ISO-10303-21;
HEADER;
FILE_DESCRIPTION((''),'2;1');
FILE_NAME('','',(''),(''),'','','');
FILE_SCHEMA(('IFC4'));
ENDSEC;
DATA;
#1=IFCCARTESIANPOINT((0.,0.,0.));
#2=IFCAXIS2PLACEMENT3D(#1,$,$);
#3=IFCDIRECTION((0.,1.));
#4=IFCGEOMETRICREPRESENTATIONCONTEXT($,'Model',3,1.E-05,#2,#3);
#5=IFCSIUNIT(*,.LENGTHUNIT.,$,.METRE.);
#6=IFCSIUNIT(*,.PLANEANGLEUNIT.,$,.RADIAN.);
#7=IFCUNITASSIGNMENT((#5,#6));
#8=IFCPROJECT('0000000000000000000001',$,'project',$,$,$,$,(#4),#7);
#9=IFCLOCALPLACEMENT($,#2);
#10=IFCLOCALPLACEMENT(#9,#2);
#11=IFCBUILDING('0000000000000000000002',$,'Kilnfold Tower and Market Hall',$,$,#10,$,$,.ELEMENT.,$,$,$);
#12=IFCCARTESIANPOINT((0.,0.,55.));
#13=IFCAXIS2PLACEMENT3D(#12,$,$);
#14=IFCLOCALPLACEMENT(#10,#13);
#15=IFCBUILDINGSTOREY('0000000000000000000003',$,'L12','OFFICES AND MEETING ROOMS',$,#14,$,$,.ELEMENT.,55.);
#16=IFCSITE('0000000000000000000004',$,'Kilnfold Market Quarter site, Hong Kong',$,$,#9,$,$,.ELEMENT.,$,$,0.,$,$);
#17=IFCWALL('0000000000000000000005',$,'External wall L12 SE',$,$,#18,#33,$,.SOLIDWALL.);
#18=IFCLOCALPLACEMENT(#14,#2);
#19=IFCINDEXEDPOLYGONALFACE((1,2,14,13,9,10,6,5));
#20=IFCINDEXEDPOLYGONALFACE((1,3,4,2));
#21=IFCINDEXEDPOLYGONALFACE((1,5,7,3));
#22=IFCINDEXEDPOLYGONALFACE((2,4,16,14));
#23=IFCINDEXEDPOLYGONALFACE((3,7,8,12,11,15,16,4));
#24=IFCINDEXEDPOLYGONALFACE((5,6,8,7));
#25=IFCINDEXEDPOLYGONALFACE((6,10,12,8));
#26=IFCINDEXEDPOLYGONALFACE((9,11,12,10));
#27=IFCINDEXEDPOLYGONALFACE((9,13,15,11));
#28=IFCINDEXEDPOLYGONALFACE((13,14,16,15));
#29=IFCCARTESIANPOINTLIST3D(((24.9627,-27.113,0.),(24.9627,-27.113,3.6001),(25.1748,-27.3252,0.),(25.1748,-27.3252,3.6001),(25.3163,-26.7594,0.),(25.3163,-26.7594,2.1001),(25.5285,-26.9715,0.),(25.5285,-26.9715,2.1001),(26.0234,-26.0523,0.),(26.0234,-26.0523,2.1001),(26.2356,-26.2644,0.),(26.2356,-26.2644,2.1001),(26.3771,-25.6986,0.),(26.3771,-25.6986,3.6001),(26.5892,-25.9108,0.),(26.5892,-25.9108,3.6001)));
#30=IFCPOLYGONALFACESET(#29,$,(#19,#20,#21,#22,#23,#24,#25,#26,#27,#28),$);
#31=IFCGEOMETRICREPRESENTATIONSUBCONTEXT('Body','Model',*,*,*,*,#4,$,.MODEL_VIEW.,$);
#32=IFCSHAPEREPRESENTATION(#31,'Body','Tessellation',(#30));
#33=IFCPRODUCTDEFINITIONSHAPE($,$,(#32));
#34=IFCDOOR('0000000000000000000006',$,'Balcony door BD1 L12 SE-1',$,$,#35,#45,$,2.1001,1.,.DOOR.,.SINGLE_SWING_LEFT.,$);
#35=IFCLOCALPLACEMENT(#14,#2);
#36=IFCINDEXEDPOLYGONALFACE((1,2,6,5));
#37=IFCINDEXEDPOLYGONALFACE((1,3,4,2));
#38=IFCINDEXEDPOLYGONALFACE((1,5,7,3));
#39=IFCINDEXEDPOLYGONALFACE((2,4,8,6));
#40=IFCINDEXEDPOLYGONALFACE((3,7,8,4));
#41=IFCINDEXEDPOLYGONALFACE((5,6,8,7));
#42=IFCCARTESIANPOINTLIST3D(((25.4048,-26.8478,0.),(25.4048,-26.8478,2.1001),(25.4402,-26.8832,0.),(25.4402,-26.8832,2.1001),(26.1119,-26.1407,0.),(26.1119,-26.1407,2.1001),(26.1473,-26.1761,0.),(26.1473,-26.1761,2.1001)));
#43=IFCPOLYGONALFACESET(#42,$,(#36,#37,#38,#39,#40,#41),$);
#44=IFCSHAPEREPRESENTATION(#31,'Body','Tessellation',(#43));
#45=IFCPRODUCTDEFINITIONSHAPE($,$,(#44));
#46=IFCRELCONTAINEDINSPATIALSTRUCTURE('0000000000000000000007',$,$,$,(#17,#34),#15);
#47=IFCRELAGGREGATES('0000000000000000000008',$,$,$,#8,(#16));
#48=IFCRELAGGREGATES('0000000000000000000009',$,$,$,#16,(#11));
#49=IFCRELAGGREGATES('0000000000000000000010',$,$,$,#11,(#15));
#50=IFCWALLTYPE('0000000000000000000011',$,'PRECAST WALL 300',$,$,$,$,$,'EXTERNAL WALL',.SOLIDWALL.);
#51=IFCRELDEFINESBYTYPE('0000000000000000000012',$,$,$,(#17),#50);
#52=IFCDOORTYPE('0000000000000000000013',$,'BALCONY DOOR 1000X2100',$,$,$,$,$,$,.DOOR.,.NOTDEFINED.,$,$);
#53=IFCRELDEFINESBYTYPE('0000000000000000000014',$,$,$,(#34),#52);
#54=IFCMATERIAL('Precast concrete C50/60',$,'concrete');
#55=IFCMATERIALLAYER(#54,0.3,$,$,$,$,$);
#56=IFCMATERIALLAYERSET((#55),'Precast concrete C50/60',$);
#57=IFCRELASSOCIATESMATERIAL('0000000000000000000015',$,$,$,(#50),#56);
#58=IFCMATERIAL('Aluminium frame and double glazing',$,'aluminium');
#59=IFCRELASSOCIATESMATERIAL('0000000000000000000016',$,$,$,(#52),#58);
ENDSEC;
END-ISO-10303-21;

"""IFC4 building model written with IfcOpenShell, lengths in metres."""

from ifc_helpers import new_model, si_unit, direction, frame, frame_2d, origin, place, context, subcontext, project, spatial, rectangle, extrude, source, transform, mapped, material, layer, layer_set, type_object, element, fill, save


model = new_model("IFC4")

# Units and contexts
model_context = context("Model", 3, precision=1e-05, world=origin(), true_north=direction((0.0, 1.0)))
body_context = subcontext(model_context, "Body", "Model", "MODEL_VIEW")
ifc_project = project(units=[si_unit("LENGTHUNIT", "METRE"), si_unit("PLANEANGLEUNIT", "RADIAN")], contexts=[model_context])

# Site, building, storey
site_placement = place(None, origin())
site = spatial("IfcSite", under=ifc_project, at=site_placement, Name="Kilnfold Market Quarter site, Hong Kong", CompositionType="ELEMENT", RefElevation=0.0)
building_placement = place(site_placement, origin())
building = spatial("IfcBuilding", under=site, at=building_placement, Name="Kilnfold Tower and Market Hall", CompositionType="ELEMENT")
storey_placement = place(building_placement, frame((0.0, 0.0, 55.0)))
storey = spatial("IfcBuildingStorey", under=building, at=storey_placement, Name="L12", Description="OFFICES AND MEETING ROOMS", CompositionType="ELEMENT", Elevation=55.0)

# Wall, opening, door
ifc_material_1 = material(Name="Precast concrete C50/60", Category="concrete")
ifc_layer_1 = layer(ifc_material_1, 0.3)
ifc_layer_set_1 = layer_set([ifc_layer_1], Name="Precast concrete C50/60")
wall_type_1 = type_object("IfcWallType", Name="PRECAST WALL 300", ElementType="EXTERNAL WALL", PredefinedType="SOLIDWALL", material=ifc_layer_set_1)
ifc_material_2 = material(Name="Aluminium frame and double glazing", Category="aluminium")
door_type = type_object("IfcDoorType", Name="BALCONY DOOR 1000X2100", OperationType="NOTDEFINED", PredefinedType="DOOR", material=ifc_material_2)
shared_shape_1 = source(origin(), body_context, "Body", "SweptSolid", [
    extrude(rectangle(XDim=2.0002, YDim=0.3, at=frame_2d((1.0, 0.0))), origin(), (0.0, 0.0, 1.0), 3.6001),
])
wall_1_placement = place(storey_placement, frame((25.0688, -27.219, 0.0), z_axis=(0.0, 0.0, 1.0), x_axis=(0.707107, 0.707107, 0.0)))
wall_1 = element("IfcWall", 1, at=wall_1_placement, inside=storey, type_object=wall_type_1, Name="External wall L12 SE", PredefinedType="SOLIDWALL", context=body_context, shape_type="MappedRepresentation", body=[
    mapped(shared_shape_1, transform((0.0, 0.0, 0.0))),
])
opening_1_placement = place(wall_1_placement, frame((0.5, 0.0, 0.0)))
opening_1 = element("IfcOpeningElement", 2, at=opening_1_placement, cuts=wall_1, PredefinedType="OPENING", context=body_context, shape_type="SweptSolid", body=[
    extrude(rectangle(XDim=1.0, YDim=2.1001, at=frame_2d((0.5, 1.05))), frame((0.0, 0.1602, 0.0), z_axis=(0.0, -1.0, 0.0), x_axis=(1.0, 0.0, 0.0)), (0.0, 0.0, 1.0), 0.3201),
])
door_1_placement = place(opening_1_placement, origin())
door_1 = element("IfcDoor", 3, at=door_1_placement, inside=storey, type_object=door_type, Name="Balcony door BD1 L12 SE-1", OperationType="SINGLE_SWING_LEFT", OverallHeight=2.1001, OverallWidth=1.0, PredefinedType="DOOR", context=body_context, shape_type="SweptSolid", body=[
    extrude(rectangle(XDim=1.0, YDim=2.1001, at=frame_2d((0.5, 1.05))), frame((0.0, 0.0249, 0.0), z_axis=(0.0, -1.0, 0.0), x_axis=(1.0, 0.0, 0.0)), (0.0, 0.0, 1.0), 0.05),
])
fill(opening_1, door_1)

save(model, "model.ifc")
